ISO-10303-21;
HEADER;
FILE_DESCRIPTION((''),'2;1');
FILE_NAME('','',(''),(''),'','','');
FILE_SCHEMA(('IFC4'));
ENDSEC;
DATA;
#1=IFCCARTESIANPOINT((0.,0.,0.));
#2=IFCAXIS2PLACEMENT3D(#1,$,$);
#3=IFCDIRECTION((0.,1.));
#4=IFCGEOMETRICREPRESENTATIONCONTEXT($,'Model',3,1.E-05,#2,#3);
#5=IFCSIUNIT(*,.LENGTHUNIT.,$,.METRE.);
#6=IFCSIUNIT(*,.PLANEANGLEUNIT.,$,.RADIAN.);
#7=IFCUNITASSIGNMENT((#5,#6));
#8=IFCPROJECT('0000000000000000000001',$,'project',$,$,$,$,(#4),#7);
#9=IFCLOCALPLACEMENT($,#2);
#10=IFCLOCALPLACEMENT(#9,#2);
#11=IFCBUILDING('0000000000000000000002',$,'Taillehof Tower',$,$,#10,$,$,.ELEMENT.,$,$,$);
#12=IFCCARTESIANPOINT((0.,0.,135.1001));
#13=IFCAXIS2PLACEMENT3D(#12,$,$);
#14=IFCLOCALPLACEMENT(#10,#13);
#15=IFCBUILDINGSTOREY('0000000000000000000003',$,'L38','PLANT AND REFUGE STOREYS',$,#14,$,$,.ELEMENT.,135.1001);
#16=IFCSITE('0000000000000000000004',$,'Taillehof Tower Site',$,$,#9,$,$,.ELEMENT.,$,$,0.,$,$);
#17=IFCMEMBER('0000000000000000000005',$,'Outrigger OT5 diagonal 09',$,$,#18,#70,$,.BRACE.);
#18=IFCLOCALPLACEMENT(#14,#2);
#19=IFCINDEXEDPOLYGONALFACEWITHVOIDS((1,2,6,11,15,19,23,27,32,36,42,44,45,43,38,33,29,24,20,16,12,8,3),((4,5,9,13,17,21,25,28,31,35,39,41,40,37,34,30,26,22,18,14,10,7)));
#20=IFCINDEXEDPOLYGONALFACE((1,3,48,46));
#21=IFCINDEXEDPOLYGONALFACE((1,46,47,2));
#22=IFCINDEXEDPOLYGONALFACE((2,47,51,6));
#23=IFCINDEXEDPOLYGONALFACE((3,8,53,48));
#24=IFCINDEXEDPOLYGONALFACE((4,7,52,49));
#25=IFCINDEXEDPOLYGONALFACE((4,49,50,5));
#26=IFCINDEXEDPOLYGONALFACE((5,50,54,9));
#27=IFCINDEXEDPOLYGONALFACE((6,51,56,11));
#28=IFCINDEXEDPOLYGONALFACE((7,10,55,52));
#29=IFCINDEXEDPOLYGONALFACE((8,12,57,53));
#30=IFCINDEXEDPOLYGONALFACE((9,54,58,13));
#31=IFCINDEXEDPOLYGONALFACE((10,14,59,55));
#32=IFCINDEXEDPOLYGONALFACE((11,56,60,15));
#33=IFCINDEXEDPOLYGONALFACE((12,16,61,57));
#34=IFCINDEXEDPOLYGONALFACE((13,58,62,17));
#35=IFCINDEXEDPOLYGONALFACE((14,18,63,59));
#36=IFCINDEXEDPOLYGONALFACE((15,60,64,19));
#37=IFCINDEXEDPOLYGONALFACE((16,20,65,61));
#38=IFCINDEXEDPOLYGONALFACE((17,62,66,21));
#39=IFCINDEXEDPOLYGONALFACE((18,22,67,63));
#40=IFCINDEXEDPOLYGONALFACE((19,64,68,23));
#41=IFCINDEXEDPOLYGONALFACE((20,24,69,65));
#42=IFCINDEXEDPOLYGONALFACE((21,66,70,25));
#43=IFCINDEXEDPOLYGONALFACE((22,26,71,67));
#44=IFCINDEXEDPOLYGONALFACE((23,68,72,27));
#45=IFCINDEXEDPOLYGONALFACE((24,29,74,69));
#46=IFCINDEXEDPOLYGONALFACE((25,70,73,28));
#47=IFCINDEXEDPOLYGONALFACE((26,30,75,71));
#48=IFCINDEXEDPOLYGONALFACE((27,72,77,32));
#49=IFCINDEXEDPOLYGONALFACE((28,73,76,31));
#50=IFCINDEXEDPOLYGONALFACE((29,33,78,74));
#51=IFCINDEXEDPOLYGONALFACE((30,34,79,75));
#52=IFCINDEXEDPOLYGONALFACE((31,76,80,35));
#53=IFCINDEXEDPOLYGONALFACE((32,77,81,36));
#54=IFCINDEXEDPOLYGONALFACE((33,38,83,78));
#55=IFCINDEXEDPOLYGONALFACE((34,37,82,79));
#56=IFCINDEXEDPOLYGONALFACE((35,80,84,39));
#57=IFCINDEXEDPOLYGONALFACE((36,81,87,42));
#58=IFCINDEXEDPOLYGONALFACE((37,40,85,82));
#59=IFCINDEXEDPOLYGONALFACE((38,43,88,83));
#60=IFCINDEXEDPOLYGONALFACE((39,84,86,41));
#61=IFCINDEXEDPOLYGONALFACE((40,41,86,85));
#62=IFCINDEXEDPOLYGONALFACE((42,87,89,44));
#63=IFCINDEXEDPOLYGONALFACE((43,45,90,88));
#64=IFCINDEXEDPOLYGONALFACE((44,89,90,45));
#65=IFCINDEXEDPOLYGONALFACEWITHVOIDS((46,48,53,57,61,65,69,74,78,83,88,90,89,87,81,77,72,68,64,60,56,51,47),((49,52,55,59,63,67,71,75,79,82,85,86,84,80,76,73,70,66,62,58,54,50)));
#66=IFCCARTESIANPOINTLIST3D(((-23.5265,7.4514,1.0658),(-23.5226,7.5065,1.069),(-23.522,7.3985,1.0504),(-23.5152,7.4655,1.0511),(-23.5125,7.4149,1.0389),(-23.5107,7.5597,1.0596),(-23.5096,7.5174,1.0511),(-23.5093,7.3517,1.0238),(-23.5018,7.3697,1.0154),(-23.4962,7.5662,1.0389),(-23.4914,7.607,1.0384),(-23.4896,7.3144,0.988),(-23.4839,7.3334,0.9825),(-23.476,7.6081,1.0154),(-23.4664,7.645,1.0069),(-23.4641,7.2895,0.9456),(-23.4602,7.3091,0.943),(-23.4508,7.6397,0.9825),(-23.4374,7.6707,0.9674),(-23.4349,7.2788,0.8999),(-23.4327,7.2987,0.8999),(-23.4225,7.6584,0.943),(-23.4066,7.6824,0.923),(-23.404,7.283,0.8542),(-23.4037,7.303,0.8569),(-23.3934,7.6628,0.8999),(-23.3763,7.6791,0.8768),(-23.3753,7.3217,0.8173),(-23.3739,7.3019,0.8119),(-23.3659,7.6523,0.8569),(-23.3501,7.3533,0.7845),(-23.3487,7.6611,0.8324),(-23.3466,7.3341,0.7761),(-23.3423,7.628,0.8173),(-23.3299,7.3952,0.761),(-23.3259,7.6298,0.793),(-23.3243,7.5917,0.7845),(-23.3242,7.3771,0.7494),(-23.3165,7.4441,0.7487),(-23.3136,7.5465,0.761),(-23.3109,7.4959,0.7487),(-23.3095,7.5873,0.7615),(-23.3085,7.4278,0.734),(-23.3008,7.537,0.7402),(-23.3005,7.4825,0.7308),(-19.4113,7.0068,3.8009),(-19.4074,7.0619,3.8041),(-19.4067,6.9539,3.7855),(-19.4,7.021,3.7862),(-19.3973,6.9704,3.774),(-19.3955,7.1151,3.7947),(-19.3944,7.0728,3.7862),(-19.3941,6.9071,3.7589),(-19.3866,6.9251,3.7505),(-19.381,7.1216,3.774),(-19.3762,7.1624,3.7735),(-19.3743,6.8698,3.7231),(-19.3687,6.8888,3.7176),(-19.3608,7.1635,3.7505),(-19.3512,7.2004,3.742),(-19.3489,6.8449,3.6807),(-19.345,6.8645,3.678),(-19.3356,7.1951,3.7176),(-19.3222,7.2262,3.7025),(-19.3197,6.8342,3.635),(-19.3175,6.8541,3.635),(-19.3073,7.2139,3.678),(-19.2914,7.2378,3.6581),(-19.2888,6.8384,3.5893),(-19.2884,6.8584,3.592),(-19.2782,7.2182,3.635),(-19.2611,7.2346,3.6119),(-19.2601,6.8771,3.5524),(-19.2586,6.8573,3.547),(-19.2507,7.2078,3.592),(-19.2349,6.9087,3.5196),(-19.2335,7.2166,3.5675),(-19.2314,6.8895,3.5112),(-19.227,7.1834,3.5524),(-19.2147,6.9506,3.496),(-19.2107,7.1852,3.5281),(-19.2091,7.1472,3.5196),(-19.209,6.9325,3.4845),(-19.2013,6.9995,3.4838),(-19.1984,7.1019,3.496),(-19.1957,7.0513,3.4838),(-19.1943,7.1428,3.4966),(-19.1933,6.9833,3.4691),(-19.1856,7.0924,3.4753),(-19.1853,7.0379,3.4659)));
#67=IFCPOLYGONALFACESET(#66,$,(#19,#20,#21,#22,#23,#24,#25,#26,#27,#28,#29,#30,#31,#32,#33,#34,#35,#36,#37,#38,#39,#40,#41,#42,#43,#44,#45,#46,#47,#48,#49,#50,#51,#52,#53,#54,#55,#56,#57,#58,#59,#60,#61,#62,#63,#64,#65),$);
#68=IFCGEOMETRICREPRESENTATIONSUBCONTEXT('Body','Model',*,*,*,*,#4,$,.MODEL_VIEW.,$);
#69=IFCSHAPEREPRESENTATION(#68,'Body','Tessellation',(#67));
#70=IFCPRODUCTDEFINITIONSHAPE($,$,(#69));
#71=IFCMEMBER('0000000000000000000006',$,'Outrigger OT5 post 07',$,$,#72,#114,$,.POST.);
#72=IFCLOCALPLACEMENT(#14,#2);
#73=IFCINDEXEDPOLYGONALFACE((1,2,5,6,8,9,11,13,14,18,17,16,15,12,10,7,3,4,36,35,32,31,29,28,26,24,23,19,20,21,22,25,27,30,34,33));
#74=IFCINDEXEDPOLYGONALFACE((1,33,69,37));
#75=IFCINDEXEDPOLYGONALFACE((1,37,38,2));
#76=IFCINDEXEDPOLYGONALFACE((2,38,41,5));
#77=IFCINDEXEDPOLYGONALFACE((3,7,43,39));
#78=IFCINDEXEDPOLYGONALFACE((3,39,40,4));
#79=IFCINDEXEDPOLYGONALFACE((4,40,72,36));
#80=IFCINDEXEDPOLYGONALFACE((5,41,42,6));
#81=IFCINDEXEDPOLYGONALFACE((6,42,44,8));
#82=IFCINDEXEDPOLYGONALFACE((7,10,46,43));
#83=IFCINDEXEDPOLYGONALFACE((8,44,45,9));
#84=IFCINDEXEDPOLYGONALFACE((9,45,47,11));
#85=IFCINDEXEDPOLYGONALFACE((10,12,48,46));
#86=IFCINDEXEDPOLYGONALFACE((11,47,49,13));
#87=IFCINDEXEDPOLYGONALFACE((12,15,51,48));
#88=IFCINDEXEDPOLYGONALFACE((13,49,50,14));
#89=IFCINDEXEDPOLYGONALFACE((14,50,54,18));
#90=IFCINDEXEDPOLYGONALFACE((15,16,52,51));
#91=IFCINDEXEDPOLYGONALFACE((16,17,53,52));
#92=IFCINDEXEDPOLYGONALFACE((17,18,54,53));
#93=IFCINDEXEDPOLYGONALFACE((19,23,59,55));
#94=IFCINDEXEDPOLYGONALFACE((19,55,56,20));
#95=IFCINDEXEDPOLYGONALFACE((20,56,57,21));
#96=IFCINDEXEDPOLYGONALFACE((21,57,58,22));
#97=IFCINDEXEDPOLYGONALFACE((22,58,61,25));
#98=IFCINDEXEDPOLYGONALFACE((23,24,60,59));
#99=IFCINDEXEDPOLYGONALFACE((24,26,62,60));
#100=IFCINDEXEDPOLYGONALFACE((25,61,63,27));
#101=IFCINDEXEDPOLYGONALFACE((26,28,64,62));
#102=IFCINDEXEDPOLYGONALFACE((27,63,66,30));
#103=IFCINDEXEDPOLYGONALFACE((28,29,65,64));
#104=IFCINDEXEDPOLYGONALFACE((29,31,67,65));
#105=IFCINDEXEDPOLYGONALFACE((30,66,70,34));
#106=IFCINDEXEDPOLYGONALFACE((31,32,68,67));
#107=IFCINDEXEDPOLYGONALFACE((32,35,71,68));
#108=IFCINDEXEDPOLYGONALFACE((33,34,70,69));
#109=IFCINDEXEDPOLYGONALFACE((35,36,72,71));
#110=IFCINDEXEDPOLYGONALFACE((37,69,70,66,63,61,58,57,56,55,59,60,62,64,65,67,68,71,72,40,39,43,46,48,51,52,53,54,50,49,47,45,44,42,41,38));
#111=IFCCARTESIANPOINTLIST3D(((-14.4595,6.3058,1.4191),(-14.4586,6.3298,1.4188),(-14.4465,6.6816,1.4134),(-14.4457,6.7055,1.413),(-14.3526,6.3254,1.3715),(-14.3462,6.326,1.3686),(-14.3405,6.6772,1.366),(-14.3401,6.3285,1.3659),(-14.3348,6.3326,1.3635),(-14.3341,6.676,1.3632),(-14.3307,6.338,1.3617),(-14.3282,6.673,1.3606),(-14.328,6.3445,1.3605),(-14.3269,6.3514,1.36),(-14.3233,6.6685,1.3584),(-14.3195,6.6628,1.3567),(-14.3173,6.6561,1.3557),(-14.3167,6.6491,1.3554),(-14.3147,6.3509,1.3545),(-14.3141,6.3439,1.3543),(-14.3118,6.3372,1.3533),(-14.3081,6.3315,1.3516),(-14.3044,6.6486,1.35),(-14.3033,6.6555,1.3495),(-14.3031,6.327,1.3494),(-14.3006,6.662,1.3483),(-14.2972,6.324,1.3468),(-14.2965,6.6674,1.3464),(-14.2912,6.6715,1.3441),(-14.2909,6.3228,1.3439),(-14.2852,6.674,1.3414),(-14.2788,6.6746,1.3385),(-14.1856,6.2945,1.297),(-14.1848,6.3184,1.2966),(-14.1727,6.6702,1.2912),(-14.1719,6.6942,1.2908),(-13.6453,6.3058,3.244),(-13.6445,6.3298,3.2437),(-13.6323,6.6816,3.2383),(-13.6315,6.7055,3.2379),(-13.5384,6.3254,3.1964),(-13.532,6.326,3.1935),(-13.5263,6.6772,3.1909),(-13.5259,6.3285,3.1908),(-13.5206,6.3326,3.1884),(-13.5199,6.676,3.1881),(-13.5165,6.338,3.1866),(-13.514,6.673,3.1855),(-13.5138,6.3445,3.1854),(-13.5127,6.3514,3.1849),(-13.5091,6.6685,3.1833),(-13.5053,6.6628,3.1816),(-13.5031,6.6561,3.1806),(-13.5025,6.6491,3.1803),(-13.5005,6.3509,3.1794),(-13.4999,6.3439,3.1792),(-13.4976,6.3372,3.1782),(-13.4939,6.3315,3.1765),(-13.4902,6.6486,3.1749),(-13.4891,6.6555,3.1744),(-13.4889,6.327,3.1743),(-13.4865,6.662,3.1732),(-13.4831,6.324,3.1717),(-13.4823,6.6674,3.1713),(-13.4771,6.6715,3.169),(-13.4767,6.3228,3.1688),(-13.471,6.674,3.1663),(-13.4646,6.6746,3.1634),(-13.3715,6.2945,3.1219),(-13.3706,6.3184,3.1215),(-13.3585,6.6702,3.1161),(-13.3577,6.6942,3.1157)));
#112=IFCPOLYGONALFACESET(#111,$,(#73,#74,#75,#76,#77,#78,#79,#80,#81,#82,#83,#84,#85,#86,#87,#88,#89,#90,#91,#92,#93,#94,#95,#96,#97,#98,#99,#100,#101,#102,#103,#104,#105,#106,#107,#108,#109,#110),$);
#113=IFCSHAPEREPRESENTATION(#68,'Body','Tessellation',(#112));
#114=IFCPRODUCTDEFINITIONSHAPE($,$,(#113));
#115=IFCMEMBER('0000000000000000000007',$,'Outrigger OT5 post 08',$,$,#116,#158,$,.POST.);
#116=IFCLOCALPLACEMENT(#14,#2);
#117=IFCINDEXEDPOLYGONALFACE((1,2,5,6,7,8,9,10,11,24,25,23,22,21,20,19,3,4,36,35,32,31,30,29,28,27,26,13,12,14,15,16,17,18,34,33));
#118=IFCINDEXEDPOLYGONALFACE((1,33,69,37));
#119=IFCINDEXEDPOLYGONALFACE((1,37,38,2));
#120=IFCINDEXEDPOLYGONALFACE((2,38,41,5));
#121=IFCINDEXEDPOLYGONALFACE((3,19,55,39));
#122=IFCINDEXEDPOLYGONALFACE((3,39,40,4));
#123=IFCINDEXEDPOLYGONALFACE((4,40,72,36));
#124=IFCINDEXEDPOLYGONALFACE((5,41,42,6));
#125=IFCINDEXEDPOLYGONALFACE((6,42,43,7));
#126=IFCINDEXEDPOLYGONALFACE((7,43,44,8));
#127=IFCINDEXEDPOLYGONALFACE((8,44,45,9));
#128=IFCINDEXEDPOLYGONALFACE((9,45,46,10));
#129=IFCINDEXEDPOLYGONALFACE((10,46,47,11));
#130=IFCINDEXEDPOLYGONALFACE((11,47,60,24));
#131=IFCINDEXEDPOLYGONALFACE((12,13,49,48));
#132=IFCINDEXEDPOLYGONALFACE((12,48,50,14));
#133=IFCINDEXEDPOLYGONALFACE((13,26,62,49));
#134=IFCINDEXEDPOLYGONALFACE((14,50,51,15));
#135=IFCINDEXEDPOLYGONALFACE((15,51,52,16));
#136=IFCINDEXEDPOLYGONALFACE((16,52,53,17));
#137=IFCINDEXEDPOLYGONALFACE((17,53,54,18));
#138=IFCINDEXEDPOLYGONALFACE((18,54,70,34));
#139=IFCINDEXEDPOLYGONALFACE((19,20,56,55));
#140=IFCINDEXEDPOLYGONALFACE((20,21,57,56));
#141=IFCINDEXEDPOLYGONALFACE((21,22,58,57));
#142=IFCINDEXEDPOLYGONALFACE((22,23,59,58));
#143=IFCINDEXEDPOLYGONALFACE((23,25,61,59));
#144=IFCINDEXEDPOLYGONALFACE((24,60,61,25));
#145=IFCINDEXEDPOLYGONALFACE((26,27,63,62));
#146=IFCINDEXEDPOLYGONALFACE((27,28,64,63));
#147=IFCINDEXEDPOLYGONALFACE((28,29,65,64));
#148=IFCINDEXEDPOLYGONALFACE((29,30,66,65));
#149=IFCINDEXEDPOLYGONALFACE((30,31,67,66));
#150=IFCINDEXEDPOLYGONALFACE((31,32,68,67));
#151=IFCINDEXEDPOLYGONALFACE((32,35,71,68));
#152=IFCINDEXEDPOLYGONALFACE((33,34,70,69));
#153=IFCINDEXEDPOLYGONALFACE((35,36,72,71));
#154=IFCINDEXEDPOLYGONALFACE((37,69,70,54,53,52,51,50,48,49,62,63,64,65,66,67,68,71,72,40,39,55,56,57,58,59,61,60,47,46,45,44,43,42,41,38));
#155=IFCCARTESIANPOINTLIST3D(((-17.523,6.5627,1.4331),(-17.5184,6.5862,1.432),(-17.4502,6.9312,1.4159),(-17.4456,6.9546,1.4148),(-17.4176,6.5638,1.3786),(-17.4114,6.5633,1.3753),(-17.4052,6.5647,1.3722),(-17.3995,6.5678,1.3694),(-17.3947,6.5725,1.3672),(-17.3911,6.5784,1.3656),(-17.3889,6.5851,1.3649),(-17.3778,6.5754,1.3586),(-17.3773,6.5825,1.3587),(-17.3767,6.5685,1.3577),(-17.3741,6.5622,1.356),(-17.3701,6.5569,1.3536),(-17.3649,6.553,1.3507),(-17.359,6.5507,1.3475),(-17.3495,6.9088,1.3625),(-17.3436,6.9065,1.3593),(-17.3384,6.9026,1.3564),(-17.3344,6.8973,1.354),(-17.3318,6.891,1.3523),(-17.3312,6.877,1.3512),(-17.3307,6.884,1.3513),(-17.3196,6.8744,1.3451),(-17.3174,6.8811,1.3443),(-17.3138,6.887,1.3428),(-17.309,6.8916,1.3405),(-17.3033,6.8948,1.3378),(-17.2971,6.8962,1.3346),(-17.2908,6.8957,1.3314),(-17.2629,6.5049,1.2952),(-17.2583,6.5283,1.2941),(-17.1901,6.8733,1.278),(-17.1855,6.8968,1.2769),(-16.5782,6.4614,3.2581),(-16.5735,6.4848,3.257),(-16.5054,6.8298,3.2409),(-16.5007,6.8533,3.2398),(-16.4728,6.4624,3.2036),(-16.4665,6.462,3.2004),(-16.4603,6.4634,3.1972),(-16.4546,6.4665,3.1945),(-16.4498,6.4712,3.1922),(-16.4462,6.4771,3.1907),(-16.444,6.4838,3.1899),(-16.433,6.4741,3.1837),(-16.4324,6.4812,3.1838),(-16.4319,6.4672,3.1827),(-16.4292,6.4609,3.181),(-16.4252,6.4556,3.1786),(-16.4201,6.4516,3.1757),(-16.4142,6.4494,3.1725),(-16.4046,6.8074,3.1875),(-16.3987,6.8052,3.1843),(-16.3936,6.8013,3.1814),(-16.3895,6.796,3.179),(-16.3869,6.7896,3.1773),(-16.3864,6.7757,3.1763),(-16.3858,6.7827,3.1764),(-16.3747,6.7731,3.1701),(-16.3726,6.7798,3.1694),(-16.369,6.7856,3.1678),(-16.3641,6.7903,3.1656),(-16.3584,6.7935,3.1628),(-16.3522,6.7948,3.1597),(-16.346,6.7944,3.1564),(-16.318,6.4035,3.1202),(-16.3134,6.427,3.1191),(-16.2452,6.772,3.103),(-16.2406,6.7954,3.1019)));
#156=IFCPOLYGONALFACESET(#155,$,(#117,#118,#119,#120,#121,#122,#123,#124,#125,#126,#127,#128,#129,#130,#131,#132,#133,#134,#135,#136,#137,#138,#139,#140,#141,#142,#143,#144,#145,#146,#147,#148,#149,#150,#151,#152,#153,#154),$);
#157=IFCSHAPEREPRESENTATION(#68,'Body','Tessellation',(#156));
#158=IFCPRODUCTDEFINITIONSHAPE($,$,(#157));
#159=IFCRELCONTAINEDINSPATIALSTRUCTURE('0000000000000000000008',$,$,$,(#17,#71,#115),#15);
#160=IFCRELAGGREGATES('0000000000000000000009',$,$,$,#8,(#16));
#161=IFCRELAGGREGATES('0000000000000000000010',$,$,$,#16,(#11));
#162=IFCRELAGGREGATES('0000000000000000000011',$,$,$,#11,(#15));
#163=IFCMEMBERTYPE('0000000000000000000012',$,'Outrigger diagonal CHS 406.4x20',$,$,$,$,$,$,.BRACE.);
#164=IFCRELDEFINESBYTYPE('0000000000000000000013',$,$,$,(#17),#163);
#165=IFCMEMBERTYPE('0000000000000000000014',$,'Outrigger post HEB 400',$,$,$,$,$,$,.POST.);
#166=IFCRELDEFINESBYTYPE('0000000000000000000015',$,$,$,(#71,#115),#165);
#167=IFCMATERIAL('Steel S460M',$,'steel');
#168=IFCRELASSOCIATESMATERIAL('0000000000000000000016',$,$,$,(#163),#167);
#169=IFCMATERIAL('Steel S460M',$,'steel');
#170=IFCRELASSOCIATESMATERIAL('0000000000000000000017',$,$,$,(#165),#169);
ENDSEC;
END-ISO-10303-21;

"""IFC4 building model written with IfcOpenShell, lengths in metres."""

from ifc_helpers import new_model, si_unit, direction, frame, origin, origin_2d, place, context, subcontext, project, spatial, hollow_circle, i_section, extrude, material, material_profile, profile_set, type_object, element, save


model = new_model("IFC4")

# Units and contexts
model_context = context("Model", 3, precision=1e-05, world=origin(), true_north=direction((0.0, 1.0)))
body_context = subcontext(model_context, "Body", "Model", "MODEL_VIEW")
ifc_project = project(units=[si_unit("LENGTHUNIT", "METRE"), si_unit("PLANEANGLEUNIT", "RADIAN")], contexts=[model_context])

# Site, building, storey
site_placement = place(None, origin())
site = spatial("IfcSite", under=ifc_project, at=site_placement, Name="Taillehof Tower Site", CompositionType="ELEMENT", RefElevation=0.0)
building_placement = place(site_placement, origin())
building = spatial("IfcBuilding", under=site, at=building_placement, Name="Taillehof Tower", CompositionType="ELEMENT")
storey_placement = place(building_placement, frame((0.0, 0.0, 135.1001)))
storey = spatial("IfcBuildingStorey", under=building, at=storey_placement, Name="L38", Description="PLANT AND REFUGE STOREYS", CompositionType="ELEMENT", Elevation=135.1001)

# Members
ifc_material_1 = material(Name="Steel S460M", Category="steel")
ifc_material_profile_1 = material_profile(ifc_material_1, hollow_circle(Radius=0.2031, WallThickness=0.02, at=origin_2d()), Name="CHS 406.4x20")
ifc_profile_set_1 = profile_set([ifc_material_profile_1], Name="Steel S460M")
member_type_1 = type_object("IfcMemberType", Name="Outrigger diagonal CHS 406.4x20", PredefinedType="BRACE", material=ifc_profile_set_1)
member_1_placement = place(storey_placement, frame((-19.2979, 7.0361, 3.635), z_axis=(-0.829482, 0.089611, -0.551298), x_axis=(-0.107408, -0.994215, 0.0)))
element("IfcMember", 1, at=member_1_placement, inside=storey, type_object=member_type_1, Name="Outrigger OT5 diagonal 09", PredefinedType="BRACE", context=body_context, shape_type="SweptSolid", body=[
    extrude(hollow_circle(Radius=0.2031, WallThickness=0.02, at=origin_2d()), origin(), (0.0, 0.0, 1.0), 4.9612),
])
ifc_material_2 = material(Name="Steel S460M", Category="steel")
ifc_material_profile_2 = material_profile(ifc_material_2, i_section(OverallWidth=0.3, OverallDepth=0.3999, WebThickness=0.0134, FlangeThickness=0.0239, FilletRadius=0.0271, at=origin_2d()), Name="HEB 400")
ifc_profile_set_2 = profile_set([ifc_material_profile_2], Name="Steel S460M")
member_type_2 = type_object("IfcMemberType", Name="Outrigger post HEB 400", PredefinedType="POST", material=ifc_profile_set_2)
member_2_placement = place(storey_placement, frame((-14.3157, 6.5, 1.355), z_axis=(0.407442, 0.0, 0.913231), x_axis=(-0.912582, 0.037702, 0.407152)))
element("IfcMember", 2, at=member_2_placement, inside=storey, type_object=member_type_2, Name="Outrigger OT5 post 07", PredefinedType="POST", context=body_context, shape_type="SweptSolid", body=[
    extrude(i_section(OverallWidth=0.3, OverallDepth=0.3999, WebThickness=0.0134, FlangeThickness=0.0239, FilletRadius=0.0271, at=origin_2d()), origin(), (0.0, 0.0, 1.0), 1.9983),
])
member_3_placement = place(storey_placement, frame((-17.3542, 6.7297, 1.355), z_axis=(0.459204, -0.049243, 0.886965), x_axis=(-0.86697, 0.1928, 0.459556)))
element("IfcMember", 3, at=member_3_placement, inside=storey, type_object=member_type_2, Name="Outrigger OT5 post 08", PredefinedType="POST", context=body_context, shape_type="SweptSolid", body=[
    extrude(i_section(OverallWidth=0.3, OverallDepth=0.3999, WebThickness=0.0134, FlangeThickness=0.0239, FilletRadius=0.0271, at=origin_2d()), origin(), (0.0, 0.0, 1.0), 2.0576),
])

save(model, "model.ifc")
